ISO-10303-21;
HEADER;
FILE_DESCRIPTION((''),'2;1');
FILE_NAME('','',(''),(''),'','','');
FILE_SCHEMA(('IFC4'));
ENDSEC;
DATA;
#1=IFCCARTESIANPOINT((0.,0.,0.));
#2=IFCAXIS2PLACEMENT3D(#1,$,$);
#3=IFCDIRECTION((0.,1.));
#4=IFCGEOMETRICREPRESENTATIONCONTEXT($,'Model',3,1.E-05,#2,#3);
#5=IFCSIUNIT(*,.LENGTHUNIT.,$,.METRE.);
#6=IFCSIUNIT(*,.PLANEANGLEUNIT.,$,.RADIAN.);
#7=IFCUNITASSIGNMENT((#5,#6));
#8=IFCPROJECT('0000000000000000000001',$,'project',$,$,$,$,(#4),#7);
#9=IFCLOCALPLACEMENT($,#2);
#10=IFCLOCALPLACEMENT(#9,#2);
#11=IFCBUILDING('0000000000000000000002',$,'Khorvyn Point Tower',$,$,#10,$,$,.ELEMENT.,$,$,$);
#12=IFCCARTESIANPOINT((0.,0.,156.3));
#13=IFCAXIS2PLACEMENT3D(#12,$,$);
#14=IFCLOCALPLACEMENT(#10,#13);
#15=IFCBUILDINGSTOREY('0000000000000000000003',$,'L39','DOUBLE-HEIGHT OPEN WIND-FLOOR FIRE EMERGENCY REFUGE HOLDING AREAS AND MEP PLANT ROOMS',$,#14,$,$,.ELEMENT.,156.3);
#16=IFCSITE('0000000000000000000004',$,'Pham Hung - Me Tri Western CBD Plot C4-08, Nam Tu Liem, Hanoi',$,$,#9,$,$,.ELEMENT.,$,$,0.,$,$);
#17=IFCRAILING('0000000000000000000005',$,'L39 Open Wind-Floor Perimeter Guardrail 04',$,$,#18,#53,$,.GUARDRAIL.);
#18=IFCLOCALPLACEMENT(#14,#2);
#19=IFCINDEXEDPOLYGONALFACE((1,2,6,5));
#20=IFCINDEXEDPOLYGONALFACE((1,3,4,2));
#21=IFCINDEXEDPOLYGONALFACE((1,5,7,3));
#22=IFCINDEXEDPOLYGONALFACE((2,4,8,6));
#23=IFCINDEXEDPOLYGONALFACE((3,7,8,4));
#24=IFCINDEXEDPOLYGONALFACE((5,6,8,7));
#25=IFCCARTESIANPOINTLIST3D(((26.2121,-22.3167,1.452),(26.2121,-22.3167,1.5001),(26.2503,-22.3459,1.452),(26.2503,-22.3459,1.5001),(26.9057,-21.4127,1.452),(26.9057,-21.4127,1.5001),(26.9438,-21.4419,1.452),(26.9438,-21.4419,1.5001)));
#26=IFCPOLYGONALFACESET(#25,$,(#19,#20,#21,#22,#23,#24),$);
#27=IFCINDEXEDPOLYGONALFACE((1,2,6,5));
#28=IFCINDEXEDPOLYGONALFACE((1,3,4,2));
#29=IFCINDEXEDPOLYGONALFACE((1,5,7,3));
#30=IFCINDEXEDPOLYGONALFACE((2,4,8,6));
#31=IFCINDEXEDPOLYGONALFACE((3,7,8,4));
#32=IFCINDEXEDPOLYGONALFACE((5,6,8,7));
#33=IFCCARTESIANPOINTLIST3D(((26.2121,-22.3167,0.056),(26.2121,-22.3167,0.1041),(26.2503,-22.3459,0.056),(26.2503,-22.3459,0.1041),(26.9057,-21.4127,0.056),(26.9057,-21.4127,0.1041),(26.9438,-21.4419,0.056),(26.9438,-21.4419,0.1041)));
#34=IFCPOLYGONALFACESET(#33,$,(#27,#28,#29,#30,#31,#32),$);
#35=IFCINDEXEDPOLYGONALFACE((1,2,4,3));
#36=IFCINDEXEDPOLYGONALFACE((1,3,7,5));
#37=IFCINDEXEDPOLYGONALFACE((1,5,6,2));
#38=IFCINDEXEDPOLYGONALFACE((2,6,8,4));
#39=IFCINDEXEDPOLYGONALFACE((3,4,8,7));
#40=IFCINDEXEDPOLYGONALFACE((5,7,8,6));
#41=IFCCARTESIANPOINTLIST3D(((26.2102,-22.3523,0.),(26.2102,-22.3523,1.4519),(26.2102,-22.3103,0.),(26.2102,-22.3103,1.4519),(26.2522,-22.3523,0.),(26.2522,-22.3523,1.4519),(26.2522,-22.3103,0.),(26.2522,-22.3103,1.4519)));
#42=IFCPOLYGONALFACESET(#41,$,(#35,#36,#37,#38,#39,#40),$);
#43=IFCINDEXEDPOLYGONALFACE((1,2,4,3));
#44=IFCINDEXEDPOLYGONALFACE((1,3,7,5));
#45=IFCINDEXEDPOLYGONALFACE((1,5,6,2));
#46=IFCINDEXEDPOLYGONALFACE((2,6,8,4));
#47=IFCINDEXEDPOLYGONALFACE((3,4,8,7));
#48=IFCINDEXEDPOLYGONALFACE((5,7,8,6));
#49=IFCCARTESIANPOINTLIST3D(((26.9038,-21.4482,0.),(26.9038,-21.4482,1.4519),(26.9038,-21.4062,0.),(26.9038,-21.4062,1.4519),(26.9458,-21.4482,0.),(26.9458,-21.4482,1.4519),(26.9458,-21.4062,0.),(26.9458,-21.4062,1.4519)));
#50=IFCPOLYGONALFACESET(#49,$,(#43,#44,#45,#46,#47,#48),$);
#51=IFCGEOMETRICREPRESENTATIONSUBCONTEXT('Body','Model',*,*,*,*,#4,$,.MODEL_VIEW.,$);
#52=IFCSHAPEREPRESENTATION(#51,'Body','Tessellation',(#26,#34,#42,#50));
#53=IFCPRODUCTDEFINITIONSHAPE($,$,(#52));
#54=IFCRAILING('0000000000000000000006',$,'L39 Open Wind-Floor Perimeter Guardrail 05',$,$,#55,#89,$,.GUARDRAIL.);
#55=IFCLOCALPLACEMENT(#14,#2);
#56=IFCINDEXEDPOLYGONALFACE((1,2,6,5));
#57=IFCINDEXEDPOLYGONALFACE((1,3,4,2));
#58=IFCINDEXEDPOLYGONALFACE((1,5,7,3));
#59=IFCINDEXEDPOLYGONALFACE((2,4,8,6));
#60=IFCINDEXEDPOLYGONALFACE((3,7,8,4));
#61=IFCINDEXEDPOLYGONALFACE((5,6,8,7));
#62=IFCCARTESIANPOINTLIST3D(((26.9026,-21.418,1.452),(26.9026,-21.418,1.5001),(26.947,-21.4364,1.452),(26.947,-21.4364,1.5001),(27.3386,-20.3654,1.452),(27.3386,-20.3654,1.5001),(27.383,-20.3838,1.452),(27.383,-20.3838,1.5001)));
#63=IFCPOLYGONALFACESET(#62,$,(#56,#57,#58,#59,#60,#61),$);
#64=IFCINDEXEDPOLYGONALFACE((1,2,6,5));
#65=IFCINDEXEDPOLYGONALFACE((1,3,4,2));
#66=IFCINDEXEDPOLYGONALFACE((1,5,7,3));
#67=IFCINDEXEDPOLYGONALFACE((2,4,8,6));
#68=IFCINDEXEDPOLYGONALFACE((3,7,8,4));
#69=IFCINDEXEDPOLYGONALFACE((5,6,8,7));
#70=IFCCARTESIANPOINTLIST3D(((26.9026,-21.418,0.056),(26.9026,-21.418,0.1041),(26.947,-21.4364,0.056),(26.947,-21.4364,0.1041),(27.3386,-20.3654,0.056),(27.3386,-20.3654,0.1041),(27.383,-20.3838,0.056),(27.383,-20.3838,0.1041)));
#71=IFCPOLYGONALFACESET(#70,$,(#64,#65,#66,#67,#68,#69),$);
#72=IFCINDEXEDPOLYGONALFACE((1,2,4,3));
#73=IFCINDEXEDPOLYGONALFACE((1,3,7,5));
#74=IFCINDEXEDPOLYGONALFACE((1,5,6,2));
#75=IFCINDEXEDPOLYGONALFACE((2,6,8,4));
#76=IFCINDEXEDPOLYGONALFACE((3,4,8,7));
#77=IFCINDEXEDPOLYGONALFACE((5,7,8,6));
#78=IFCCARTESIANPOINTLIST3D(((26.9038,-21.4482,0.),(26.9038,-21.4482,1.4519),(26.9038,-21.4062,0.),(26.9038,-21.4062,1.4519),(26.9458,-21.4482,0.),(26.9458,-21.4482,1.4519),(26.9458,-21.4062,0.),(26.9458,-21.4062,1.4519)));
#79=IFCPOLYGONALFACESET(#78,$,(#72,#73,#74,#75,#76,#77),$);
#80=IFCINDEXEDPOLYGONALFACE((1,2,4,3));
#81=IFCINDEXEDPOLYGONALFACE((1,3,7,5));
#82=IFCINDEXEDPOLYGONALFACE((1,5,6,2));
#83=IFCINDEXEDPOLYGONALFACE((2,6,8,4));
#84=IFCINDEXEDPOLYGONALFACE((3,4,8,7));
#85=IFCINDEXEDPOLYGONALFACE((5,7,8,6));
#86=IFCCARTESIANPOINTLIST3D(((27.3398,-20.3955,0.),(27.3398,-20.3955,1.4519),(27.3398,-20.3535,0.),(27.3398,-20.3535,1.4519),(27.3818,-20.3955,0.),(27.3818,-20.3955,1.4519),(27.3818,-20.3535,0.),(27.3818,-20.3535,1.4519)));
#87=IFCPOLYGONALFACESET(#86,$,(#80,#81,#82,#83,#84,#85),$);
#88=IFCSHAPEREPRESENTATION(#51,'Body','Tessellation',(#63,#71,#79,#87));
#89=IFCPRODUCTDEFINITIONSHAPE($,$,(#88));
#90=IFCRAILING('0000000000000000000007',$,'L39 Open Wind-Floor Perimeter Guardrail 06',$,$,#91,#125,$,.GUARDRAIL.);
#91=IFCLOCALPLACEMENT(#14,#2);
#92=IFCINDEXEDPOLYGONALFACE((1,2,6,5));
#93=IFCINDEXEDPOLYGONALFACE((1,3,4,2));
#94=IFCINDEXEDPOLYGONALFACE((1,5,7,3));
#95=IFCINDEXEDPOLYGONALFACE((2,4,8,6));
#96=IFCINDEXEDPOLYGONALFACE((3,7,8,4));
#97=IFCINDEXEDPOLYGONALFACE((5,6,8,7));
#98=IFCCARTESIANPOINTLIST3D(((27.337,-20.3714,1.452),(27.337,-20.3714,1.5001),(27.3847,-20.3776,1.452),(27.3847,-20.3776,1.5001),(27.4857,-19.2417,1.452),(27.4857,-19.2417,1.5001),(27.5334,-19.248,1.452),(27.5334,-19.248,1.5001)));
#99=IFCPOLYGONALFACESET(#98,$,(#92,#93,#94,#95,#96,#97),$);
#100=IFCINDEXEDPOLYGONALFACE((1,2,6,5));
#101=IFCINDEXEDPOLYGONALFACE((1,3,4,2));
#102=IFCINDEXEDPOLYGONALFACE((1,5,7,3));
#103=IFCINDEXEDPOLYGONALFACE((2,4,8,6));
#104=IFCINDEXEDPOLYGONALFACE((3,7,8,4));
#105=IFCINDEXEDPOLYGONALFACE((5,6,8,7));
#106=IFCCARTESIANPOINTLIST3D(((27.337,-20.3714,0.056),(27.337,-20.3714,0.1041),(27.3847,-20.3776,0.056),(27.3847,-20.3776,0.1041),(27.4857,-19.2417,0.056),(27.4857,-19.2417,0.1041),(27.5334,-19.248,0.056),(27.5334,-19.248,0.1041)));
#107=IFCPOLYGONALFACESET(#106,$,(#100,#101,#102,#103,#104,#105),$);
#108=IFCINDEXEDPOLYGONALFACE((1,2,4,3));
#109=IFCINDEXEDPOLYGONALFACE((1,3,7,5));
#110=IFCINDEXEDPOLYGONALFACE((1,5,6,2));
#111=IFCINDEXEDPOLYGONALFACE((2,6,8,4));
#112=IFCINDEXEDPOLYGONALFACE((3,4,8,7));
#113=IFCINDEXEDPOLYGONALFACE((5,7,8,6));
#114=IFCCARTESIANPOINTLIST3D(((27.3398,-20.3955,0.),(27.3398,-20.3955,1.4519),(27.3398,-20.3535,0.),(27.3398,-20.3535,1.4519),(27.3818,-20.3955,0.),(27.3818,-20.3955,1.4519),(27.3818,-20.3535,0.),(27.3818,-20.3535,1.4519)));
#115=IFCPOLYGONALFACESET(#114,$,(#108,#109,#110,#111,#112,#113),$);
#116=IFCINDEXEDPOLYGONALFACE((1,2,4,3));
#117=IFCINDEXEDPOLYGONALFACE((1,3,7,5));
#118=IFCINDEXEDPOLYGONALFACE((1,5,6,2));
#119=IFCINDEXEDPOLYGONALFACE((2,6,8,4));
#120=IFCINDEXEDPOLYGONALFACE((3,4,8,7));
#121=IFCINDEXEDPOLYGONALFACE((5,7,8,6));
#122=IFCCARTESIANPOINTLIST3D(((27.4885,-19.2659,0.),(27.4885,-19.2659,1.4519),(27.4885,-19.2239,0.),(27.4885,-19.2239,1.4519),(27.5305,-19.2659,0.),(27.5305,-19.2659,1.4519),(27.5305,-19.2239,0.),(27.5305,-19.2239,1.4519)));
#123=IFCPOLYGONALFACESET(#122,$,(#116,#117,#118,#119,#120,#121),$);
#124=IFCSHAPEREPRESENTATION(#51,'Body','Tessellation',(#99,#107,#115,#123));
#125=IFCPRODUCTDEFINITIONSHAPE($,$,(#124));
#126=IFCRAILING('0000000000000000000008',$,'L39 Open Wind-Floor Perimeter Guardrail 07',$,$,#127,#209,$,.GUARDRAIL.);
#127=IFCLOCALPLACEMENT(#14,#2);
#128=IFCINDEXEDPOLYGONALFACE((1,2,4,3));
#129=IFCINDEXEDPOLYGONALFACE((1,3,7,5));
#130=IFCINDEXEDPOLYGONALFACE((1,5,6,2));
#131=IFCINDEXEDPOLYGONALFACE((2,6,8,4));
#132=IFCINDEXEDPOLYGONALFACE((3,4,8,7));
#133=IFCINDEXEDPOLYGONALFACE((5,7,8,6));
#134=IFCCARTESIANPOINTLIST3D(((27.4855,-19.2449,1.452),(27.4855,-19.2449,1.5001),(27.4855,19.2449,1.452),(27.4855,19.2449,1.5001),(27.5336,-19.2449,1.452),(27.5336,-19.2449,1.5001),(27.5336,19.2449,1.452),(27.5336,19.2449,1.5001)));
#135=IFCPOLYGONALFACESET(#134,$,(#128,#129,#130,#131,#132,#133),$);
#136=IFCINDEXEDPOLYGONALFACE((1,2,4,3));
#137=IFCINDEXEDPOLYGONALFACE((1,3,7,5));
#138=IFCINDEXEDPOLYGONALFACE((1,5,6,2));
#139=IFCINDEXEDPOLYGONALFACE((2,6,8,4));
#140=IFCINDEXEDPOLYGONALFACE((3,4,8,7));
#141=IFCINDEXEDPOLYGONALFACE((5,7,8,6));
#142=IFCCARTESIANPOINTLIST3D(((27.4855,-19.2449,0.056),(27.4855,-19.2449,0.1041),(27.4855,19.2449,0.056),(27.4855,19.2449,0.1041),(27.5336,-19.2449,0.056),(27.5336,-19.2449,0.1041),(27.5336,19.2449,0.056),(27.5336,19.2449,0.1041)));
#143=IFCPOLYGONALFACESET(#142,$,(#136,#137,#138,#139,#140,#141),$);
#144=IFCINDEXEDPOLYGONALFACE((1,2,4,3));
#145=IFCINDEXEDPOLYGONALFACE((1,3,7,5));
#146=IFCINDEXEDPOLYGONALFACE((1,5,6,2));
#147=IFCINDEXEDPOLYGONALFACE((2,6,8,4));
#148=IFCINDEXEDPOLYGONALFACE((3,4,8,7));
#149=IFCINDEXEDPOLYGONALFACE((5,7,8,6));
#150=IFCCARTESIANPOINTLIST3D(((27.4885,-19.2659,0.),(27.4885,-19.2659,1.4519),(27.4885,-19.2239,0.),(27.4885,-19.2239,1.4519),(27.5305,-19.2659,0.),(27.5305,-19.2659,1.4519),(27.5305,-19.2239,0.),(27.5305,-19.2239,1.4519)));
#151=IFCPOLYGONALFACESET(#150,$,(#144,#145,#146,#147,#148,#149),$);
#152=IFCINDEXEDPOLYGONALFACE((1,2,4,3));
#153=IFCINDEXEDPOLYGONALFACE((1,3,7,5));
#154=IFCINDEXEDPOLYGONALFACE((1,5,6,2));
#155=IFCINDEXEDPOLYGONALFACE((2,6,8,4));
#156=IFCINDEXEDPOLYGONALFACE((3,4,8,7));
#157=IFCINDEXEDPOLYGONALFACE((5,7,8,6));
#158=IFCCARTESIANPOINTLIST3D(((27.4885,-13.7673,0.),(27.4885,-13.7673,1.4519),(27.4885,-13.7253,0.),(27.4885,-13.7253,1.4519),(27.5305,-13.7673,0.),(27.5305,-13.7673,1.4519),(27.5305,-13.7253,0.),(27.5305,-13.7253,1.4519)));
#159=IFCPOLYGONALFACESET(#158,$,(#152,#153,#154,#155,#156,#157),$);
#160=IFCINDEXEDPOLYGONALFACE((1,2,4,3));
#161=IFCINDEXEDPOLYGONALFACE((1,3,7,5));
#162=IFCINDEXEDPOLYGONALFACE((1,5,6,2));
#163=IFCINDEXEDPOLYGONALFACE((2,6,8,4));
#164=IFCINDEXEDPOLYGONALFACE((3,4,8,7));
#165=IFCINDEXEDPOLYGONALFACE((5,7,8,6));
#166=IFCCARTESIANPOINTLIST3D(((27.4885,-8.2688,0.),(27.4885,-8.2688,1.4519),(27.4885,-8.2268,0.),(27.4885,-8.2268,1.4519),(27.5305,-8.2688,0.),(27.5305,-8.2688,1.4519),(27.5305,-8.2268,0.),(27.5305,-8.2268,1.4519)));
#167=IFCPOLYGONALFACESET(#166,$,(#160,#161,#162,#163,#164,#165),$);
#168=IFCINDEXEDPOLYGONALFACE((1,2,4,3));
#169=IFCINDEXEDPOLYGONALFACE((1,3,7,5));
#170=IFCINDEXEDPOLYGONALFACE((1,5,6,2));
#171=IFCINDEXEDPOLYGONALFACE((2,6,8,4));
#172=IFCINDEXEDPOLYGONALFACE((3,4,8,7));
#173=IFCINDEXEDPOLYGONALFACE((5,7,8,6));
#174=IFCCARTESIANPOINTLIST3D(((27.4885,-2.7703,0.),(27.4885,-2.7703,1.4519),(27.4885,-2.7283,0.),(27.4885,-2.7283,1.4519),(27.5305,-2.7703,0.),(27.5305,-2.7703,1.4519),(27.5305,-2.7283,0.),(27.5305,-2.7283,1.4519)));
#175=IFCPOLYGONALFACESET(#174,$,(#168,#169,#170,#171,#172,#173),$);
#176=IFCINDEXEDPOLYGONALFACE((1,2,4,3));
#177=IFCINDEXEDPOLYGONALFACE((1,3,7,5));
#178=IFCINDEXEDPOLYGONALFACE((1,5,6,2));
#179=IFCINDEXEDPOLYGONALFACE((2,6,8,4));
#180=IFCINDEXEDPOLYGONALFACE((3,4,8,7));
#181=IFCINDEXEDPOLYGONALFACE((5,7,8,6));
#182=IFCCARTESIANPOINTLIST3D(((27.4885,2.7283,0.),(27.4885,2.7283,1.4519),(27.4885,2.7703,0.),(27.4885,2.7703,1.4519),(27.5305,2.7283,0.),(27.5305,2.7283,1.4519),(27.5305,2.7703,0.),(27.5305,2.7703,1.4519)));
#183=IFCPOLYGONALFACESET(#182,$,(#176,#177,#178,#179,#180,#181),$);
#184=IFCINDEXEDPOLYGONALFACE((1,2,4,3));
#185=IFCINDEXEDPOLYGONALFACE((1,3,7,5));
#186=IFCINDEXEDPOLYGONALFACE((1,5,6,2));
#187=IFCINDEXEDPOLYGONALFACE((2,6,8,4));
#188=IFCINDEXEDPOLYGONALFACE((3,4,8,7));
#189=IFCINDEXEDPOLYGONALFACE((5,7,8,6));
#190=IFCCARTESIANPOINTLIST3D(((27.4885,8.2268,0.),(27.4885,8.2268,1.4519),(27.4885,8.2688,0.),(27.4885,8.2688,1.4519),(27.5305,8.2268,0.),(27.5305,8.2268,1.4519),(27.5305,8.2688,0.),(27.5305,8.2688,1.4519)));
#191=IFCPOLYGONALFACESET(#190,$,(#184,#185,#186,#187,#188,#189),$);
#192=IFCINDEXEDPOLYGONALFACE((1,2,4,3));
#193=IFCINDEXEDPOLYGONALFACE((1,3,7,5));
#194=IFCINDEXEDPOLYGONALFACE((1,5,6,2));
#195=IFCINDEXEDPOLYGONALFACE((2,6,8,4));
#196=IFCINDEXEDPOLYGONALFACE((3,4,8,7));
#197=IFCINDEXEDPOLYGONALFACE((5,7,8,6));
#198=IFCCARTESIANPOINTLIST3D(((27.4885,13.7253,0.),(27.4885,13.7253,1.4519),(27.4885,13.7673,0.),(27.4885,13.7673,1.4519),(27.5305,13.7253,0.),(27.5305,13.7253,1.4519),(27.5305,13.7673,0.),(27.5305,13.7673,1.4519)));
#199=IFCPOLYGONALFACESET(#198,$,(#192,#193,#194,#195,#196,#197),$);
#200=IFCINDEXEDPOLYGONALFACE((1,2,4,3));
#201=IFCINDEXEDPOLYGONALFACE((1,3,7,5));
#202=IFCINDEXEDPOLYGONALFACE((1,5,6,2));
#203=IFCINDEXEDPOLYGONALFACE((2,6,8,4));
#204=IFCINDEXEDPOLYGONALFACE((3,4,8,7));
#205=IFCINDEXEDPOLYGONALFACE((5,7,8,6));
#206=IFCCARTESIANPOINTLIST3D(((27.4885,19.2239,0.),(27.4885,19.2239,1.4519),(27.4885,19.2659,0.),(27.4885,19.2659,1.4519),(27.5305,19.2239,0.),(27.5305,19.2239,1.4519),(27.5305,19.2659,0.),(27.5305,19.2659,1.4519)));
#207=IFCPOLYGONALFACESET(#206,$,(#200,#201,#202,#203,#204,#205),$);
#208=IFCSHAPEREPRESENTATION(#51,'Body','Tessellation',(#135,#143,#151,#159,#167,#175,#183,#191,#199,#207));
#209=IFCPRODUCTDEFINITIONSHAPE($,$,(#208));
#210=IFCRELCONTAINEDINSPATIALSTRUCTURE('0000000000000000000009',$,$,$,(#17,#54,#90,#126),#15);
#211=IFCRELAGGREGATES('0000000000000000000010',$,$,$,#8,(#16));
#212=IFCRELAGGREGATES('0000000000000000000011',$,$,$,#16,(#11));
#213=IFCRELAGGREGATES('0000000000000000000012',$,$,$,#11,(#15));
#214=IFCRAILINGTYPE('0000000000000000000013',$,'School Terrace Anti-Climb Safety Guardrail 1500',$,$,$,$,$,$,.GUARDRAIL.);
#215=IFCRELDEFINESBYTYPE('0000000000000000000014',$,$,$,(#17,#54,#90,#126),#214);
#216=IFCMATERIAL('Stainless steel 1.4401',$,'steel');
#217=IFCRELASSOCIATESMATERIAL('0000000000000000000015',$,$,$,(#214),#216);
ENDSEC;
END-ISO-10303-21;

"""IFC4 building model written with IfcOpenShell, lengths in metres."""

from ifc_helpers import new_model, si_unit, direction, frame, origin, origin_2d, place, context, subcontext, project, spatial, rectangle, extrude, material, type_object, element, save


model = new_model("IFC4")

# Units and contexts
model_context = context("Model", 3, precision=1e-05, world=origin(), true_north=direction((0.0, 1.0)))
body_context = subcontext(model_context, "Body", "Model", "MODEL_VIEW")
ifc_project = project(units=[si_unit("LENGTHUNIT", "METRE"), si_unit("PLANEANGLEUNIT", "RADIAN")], contexts=[model_context])

# Site, building, storey
site_placement = place(None, origin())
site = spatial("IfcSite", under=ifc_project, at=site_placement, Name="Pham Hung - Me Tri Western CBD Plot C4-08, Nam Tu Liem, Hanoi", CompositionType="ELEMENT", RefElevation=0.0)
building_placement = place(site_placement, origin())
building = spatial("IfcBuilding", under=site, at=building_placement, Name="Khorvyn Point Tower", CompositionType="ELEMENT")
storey_placement = place(building_placement, frame((0.0, 0.0, 156.3)))
storey = spatial("IfcBuildingStorey", under=building, at=storey_placement, Name="L39", Description="DOUBLE-HEIGHT OPEN WIND-FLOOR FIRE EMERGENCY REFUGE HOLDING AREAS AND MEP PLANT ROOMS", CompositionType="ELEMENT", Elevation=156.3)

# Railings
ifc_material_1 = material(Name="Stainless steel 1.4401", Category="steel")
railing_type = type_object("IfcRailingType", Name="School Terrace Anti-Climb Safety Guardrail 1500", PredefinedType="GUARDRAIL", material=ifc_material_1)
railing_1_placement = place(storey_placement, frame((26.2312, -22.3313, 0.0)))
element("IfcRailing", 1, at=railing_1_placement, inside=storey, type_object=railing_type, Name="L39 Open Wind-Floor Perimeter Guardrail 04", PredefinedType="GUARDRAIL", context=body_context, shape_type="SweptSolid", body=[
    extrude(rectangle(XDim=0.0481, YDim=0.0481, at=origin_2d()), frame((0.0, 0.0, 1.4761), z_axis=(0.608706, 0.793396, 0.0), x_axis=(-0.793396, 0.608706, 0.0)), (0.0, 0.0, 1.0), 1.1394),
    extrude(rectangle(XDim=0.0481, YDim=0.0481, at=origin_2d()), frame((0.0, 0.0, 0.0801), z_axis=(0.608706, 0.793396, 0.0), x_axis=(-0.793396, 0.608706, 0.0)), (0.0, 0.0, 1.0), 1.1394),
    extrude(rectangle(XDim=0.042, YDim=0.042, at=origin_2d()), origin(), (0.0, 0.0, 1.0), 1.4519),
    extrude(rectangle(XDim=0.042, YDim=0.042, at=origin_2d()), frame((0.6936, 0.9041, 0.0)), (0.0, 0.0, 1.0), 1.4519),
])
railing_2_placement = place(storey_placement, frame((26.9248, -21.4272, 0.0)))
element("IfcRailing", 2, at=railing_2_placement, inside=storey, type_object=railing_type, Name="L39 Open Wind-Floor Perimeter Guardrail 05", PredefinedType="GUARDRAIL", context=body_context, shape_type="SweptSolid", body=[
    extrude(rectangle(XDim=0.0481, YDim=0.0481, at=origin_2d()), frame((0.0, 0.0, 1.4761), z_axis=(0.382667, 0.923886, 0.0), x_axis=(-0.923886, 0.382667, 0.0)), (0.0, 0.0, 1.0), 1.1394),
    extrude(rectangle(XDim=0.0481, YDim=0.0481, at=origin_2d()), frame((0.0, 0.0, 0.0801), z_axis=(0.382667, 0.923886, 0.0), x_axis=(-0.923886, 0.382667, 0.0)), (0.0, 0.0, 1.0), 1.1394),
    extrude(rectangle(XDim=0.042, YDim=0.042, at=origin_2d()), origin(), (0.0, 0.0, 1.0), 1.4519),
    extrude(rectangle(XDim=0.042, YDim=0.042, at=origin_2d()), frame((0.436, 1.0527, 0.0)), (0.0, 0.0, 1.0), 1.4519),
])
railing_3_placement = place(storey_placement, frame((27.3608, -20.3745, 0.0)))
element("IfcRailing", 3, at=railing_3_placement, inside=storey, type_object=railing_type, Name="L39 Open Wind-Floor Perimeter Guardrail 06", PredefinedType="GUARDRAIL", context=body_context, shape_type="SweptSolid", body=[
    extrude(rectangle(XDim=0.0481, YDim=0.0481, at=origin_2d()), frame((0.0, 0.0, 1.4761), z_axis=(0.130493, 0.991449, 0.0), x_axis=(-0.991449, 0.130493, 0.0)), (0.0, 0.0, 1.0), 1.1394),
    extrude(rectangle(XDim=0.0481, YDim=0.0481, at=origin_2d()), frame((0.0, 0.0, 0.0801), z_axis=(0.130493, 0.991449, 0.0), x_axis=(-0.991449, 0.130493, 0.0)), (0.0, 0.0, 1.0), 1.1394),
    extrude(rectangle(XDim=0.042, YDim=0.042, at=origin_2d()), origin(), (0.0, 0.0, 1.0), 1.4519),
    extrude(rectangle(XDim=0.042, YDim=0.042, at=origin_2d()), frame((0.1487, 1.1296, 0.0)), (0.0, 0.0, 1.0), 1.4519),
])
railing_4_placement = place(storey_placement, frame((27.5095, -19.2449, 0.0)))
element("IfcRailing", 4, at=railing_4_placement, inside=storey, type_object=railing_type, Name="L39 Open Wind-Floor Perimeter Guardrail 07", PredefinedType="GUARDRAIL", context=body_context, shape_type="SweptSolid", body=[
    extrude(rectangle(XDim=0.0481, YDim=0.0481, at=origin_2d()), frame((0.0, 0.0, 1.4761), z_axis=(0.0, 1.0, 0.0), x_axis=(-1.0, 0.0, 0.0)), (0.0, 0.0, 1.0), 38.4897),
    extrude(rectangle(XDim=0.0481, YDim=0.0481, at=origin_2d()), frame((0.0, 0.0, 0.0801), z_axis=(0.0, 1.0, 0.0), x_axis=(-1.0, 0.0, 0.0)), (0.0, 0.0, 1.0), 38.4897),
    extrude(rectangle(XDim=0.042, YDim=0.042, at=origin_2d()), origin(), (0.0, 0.0, 1.0), 1.4519),
    extrude(rectangle(XDim=0.042, YDim=0.042, at=origin_2d()), frame((0.0, 5.4985, 0.0)), (0.0, 0.0, 1.0), 1.4519),
    extrude(rectangle(XDim=0.042, YDim=0.042, at=origin_2d()), frame((0.0, 10.9971, 0.0)), (0.0, 0.0, 1.0), 1.4519),
    extrude(rectangle(XDim=0.042, YDim=0.042, at=origin_2d()), frame((0.0, 16.4956, 0.0)), (0.0, 0.0, 1.0), 1.4519),
    extrude(rectangle(XDim=0.042, YDim=0.042, at=origin_2d()), frame((0.0, 21.9941, 0.0)), (0.0, 0.0, 1.0), 1.4519),
    extrude(rectangle(XDim=0.042, YDim=0.042, at=origin_2d()), frame((0.0, 27.4927, 0.0)), (0.0, 0.0, 1.0), 1.4519),
    extrude(rectangle(XDim=0.042, YDim=0.042, at=origin_2d()), frame((0.0, 32.9912, 0.0)), (0.0, 0.0, 1.0), 1.4519),
    extrude(rectangle(XDim=0.042, YDim=0.042, at=origin_2d()), frame((0.0, 38.4897, 0.0)), (0.0, 0.0, 1.0), 1.4519),
])

save(model, "model.ifc")
